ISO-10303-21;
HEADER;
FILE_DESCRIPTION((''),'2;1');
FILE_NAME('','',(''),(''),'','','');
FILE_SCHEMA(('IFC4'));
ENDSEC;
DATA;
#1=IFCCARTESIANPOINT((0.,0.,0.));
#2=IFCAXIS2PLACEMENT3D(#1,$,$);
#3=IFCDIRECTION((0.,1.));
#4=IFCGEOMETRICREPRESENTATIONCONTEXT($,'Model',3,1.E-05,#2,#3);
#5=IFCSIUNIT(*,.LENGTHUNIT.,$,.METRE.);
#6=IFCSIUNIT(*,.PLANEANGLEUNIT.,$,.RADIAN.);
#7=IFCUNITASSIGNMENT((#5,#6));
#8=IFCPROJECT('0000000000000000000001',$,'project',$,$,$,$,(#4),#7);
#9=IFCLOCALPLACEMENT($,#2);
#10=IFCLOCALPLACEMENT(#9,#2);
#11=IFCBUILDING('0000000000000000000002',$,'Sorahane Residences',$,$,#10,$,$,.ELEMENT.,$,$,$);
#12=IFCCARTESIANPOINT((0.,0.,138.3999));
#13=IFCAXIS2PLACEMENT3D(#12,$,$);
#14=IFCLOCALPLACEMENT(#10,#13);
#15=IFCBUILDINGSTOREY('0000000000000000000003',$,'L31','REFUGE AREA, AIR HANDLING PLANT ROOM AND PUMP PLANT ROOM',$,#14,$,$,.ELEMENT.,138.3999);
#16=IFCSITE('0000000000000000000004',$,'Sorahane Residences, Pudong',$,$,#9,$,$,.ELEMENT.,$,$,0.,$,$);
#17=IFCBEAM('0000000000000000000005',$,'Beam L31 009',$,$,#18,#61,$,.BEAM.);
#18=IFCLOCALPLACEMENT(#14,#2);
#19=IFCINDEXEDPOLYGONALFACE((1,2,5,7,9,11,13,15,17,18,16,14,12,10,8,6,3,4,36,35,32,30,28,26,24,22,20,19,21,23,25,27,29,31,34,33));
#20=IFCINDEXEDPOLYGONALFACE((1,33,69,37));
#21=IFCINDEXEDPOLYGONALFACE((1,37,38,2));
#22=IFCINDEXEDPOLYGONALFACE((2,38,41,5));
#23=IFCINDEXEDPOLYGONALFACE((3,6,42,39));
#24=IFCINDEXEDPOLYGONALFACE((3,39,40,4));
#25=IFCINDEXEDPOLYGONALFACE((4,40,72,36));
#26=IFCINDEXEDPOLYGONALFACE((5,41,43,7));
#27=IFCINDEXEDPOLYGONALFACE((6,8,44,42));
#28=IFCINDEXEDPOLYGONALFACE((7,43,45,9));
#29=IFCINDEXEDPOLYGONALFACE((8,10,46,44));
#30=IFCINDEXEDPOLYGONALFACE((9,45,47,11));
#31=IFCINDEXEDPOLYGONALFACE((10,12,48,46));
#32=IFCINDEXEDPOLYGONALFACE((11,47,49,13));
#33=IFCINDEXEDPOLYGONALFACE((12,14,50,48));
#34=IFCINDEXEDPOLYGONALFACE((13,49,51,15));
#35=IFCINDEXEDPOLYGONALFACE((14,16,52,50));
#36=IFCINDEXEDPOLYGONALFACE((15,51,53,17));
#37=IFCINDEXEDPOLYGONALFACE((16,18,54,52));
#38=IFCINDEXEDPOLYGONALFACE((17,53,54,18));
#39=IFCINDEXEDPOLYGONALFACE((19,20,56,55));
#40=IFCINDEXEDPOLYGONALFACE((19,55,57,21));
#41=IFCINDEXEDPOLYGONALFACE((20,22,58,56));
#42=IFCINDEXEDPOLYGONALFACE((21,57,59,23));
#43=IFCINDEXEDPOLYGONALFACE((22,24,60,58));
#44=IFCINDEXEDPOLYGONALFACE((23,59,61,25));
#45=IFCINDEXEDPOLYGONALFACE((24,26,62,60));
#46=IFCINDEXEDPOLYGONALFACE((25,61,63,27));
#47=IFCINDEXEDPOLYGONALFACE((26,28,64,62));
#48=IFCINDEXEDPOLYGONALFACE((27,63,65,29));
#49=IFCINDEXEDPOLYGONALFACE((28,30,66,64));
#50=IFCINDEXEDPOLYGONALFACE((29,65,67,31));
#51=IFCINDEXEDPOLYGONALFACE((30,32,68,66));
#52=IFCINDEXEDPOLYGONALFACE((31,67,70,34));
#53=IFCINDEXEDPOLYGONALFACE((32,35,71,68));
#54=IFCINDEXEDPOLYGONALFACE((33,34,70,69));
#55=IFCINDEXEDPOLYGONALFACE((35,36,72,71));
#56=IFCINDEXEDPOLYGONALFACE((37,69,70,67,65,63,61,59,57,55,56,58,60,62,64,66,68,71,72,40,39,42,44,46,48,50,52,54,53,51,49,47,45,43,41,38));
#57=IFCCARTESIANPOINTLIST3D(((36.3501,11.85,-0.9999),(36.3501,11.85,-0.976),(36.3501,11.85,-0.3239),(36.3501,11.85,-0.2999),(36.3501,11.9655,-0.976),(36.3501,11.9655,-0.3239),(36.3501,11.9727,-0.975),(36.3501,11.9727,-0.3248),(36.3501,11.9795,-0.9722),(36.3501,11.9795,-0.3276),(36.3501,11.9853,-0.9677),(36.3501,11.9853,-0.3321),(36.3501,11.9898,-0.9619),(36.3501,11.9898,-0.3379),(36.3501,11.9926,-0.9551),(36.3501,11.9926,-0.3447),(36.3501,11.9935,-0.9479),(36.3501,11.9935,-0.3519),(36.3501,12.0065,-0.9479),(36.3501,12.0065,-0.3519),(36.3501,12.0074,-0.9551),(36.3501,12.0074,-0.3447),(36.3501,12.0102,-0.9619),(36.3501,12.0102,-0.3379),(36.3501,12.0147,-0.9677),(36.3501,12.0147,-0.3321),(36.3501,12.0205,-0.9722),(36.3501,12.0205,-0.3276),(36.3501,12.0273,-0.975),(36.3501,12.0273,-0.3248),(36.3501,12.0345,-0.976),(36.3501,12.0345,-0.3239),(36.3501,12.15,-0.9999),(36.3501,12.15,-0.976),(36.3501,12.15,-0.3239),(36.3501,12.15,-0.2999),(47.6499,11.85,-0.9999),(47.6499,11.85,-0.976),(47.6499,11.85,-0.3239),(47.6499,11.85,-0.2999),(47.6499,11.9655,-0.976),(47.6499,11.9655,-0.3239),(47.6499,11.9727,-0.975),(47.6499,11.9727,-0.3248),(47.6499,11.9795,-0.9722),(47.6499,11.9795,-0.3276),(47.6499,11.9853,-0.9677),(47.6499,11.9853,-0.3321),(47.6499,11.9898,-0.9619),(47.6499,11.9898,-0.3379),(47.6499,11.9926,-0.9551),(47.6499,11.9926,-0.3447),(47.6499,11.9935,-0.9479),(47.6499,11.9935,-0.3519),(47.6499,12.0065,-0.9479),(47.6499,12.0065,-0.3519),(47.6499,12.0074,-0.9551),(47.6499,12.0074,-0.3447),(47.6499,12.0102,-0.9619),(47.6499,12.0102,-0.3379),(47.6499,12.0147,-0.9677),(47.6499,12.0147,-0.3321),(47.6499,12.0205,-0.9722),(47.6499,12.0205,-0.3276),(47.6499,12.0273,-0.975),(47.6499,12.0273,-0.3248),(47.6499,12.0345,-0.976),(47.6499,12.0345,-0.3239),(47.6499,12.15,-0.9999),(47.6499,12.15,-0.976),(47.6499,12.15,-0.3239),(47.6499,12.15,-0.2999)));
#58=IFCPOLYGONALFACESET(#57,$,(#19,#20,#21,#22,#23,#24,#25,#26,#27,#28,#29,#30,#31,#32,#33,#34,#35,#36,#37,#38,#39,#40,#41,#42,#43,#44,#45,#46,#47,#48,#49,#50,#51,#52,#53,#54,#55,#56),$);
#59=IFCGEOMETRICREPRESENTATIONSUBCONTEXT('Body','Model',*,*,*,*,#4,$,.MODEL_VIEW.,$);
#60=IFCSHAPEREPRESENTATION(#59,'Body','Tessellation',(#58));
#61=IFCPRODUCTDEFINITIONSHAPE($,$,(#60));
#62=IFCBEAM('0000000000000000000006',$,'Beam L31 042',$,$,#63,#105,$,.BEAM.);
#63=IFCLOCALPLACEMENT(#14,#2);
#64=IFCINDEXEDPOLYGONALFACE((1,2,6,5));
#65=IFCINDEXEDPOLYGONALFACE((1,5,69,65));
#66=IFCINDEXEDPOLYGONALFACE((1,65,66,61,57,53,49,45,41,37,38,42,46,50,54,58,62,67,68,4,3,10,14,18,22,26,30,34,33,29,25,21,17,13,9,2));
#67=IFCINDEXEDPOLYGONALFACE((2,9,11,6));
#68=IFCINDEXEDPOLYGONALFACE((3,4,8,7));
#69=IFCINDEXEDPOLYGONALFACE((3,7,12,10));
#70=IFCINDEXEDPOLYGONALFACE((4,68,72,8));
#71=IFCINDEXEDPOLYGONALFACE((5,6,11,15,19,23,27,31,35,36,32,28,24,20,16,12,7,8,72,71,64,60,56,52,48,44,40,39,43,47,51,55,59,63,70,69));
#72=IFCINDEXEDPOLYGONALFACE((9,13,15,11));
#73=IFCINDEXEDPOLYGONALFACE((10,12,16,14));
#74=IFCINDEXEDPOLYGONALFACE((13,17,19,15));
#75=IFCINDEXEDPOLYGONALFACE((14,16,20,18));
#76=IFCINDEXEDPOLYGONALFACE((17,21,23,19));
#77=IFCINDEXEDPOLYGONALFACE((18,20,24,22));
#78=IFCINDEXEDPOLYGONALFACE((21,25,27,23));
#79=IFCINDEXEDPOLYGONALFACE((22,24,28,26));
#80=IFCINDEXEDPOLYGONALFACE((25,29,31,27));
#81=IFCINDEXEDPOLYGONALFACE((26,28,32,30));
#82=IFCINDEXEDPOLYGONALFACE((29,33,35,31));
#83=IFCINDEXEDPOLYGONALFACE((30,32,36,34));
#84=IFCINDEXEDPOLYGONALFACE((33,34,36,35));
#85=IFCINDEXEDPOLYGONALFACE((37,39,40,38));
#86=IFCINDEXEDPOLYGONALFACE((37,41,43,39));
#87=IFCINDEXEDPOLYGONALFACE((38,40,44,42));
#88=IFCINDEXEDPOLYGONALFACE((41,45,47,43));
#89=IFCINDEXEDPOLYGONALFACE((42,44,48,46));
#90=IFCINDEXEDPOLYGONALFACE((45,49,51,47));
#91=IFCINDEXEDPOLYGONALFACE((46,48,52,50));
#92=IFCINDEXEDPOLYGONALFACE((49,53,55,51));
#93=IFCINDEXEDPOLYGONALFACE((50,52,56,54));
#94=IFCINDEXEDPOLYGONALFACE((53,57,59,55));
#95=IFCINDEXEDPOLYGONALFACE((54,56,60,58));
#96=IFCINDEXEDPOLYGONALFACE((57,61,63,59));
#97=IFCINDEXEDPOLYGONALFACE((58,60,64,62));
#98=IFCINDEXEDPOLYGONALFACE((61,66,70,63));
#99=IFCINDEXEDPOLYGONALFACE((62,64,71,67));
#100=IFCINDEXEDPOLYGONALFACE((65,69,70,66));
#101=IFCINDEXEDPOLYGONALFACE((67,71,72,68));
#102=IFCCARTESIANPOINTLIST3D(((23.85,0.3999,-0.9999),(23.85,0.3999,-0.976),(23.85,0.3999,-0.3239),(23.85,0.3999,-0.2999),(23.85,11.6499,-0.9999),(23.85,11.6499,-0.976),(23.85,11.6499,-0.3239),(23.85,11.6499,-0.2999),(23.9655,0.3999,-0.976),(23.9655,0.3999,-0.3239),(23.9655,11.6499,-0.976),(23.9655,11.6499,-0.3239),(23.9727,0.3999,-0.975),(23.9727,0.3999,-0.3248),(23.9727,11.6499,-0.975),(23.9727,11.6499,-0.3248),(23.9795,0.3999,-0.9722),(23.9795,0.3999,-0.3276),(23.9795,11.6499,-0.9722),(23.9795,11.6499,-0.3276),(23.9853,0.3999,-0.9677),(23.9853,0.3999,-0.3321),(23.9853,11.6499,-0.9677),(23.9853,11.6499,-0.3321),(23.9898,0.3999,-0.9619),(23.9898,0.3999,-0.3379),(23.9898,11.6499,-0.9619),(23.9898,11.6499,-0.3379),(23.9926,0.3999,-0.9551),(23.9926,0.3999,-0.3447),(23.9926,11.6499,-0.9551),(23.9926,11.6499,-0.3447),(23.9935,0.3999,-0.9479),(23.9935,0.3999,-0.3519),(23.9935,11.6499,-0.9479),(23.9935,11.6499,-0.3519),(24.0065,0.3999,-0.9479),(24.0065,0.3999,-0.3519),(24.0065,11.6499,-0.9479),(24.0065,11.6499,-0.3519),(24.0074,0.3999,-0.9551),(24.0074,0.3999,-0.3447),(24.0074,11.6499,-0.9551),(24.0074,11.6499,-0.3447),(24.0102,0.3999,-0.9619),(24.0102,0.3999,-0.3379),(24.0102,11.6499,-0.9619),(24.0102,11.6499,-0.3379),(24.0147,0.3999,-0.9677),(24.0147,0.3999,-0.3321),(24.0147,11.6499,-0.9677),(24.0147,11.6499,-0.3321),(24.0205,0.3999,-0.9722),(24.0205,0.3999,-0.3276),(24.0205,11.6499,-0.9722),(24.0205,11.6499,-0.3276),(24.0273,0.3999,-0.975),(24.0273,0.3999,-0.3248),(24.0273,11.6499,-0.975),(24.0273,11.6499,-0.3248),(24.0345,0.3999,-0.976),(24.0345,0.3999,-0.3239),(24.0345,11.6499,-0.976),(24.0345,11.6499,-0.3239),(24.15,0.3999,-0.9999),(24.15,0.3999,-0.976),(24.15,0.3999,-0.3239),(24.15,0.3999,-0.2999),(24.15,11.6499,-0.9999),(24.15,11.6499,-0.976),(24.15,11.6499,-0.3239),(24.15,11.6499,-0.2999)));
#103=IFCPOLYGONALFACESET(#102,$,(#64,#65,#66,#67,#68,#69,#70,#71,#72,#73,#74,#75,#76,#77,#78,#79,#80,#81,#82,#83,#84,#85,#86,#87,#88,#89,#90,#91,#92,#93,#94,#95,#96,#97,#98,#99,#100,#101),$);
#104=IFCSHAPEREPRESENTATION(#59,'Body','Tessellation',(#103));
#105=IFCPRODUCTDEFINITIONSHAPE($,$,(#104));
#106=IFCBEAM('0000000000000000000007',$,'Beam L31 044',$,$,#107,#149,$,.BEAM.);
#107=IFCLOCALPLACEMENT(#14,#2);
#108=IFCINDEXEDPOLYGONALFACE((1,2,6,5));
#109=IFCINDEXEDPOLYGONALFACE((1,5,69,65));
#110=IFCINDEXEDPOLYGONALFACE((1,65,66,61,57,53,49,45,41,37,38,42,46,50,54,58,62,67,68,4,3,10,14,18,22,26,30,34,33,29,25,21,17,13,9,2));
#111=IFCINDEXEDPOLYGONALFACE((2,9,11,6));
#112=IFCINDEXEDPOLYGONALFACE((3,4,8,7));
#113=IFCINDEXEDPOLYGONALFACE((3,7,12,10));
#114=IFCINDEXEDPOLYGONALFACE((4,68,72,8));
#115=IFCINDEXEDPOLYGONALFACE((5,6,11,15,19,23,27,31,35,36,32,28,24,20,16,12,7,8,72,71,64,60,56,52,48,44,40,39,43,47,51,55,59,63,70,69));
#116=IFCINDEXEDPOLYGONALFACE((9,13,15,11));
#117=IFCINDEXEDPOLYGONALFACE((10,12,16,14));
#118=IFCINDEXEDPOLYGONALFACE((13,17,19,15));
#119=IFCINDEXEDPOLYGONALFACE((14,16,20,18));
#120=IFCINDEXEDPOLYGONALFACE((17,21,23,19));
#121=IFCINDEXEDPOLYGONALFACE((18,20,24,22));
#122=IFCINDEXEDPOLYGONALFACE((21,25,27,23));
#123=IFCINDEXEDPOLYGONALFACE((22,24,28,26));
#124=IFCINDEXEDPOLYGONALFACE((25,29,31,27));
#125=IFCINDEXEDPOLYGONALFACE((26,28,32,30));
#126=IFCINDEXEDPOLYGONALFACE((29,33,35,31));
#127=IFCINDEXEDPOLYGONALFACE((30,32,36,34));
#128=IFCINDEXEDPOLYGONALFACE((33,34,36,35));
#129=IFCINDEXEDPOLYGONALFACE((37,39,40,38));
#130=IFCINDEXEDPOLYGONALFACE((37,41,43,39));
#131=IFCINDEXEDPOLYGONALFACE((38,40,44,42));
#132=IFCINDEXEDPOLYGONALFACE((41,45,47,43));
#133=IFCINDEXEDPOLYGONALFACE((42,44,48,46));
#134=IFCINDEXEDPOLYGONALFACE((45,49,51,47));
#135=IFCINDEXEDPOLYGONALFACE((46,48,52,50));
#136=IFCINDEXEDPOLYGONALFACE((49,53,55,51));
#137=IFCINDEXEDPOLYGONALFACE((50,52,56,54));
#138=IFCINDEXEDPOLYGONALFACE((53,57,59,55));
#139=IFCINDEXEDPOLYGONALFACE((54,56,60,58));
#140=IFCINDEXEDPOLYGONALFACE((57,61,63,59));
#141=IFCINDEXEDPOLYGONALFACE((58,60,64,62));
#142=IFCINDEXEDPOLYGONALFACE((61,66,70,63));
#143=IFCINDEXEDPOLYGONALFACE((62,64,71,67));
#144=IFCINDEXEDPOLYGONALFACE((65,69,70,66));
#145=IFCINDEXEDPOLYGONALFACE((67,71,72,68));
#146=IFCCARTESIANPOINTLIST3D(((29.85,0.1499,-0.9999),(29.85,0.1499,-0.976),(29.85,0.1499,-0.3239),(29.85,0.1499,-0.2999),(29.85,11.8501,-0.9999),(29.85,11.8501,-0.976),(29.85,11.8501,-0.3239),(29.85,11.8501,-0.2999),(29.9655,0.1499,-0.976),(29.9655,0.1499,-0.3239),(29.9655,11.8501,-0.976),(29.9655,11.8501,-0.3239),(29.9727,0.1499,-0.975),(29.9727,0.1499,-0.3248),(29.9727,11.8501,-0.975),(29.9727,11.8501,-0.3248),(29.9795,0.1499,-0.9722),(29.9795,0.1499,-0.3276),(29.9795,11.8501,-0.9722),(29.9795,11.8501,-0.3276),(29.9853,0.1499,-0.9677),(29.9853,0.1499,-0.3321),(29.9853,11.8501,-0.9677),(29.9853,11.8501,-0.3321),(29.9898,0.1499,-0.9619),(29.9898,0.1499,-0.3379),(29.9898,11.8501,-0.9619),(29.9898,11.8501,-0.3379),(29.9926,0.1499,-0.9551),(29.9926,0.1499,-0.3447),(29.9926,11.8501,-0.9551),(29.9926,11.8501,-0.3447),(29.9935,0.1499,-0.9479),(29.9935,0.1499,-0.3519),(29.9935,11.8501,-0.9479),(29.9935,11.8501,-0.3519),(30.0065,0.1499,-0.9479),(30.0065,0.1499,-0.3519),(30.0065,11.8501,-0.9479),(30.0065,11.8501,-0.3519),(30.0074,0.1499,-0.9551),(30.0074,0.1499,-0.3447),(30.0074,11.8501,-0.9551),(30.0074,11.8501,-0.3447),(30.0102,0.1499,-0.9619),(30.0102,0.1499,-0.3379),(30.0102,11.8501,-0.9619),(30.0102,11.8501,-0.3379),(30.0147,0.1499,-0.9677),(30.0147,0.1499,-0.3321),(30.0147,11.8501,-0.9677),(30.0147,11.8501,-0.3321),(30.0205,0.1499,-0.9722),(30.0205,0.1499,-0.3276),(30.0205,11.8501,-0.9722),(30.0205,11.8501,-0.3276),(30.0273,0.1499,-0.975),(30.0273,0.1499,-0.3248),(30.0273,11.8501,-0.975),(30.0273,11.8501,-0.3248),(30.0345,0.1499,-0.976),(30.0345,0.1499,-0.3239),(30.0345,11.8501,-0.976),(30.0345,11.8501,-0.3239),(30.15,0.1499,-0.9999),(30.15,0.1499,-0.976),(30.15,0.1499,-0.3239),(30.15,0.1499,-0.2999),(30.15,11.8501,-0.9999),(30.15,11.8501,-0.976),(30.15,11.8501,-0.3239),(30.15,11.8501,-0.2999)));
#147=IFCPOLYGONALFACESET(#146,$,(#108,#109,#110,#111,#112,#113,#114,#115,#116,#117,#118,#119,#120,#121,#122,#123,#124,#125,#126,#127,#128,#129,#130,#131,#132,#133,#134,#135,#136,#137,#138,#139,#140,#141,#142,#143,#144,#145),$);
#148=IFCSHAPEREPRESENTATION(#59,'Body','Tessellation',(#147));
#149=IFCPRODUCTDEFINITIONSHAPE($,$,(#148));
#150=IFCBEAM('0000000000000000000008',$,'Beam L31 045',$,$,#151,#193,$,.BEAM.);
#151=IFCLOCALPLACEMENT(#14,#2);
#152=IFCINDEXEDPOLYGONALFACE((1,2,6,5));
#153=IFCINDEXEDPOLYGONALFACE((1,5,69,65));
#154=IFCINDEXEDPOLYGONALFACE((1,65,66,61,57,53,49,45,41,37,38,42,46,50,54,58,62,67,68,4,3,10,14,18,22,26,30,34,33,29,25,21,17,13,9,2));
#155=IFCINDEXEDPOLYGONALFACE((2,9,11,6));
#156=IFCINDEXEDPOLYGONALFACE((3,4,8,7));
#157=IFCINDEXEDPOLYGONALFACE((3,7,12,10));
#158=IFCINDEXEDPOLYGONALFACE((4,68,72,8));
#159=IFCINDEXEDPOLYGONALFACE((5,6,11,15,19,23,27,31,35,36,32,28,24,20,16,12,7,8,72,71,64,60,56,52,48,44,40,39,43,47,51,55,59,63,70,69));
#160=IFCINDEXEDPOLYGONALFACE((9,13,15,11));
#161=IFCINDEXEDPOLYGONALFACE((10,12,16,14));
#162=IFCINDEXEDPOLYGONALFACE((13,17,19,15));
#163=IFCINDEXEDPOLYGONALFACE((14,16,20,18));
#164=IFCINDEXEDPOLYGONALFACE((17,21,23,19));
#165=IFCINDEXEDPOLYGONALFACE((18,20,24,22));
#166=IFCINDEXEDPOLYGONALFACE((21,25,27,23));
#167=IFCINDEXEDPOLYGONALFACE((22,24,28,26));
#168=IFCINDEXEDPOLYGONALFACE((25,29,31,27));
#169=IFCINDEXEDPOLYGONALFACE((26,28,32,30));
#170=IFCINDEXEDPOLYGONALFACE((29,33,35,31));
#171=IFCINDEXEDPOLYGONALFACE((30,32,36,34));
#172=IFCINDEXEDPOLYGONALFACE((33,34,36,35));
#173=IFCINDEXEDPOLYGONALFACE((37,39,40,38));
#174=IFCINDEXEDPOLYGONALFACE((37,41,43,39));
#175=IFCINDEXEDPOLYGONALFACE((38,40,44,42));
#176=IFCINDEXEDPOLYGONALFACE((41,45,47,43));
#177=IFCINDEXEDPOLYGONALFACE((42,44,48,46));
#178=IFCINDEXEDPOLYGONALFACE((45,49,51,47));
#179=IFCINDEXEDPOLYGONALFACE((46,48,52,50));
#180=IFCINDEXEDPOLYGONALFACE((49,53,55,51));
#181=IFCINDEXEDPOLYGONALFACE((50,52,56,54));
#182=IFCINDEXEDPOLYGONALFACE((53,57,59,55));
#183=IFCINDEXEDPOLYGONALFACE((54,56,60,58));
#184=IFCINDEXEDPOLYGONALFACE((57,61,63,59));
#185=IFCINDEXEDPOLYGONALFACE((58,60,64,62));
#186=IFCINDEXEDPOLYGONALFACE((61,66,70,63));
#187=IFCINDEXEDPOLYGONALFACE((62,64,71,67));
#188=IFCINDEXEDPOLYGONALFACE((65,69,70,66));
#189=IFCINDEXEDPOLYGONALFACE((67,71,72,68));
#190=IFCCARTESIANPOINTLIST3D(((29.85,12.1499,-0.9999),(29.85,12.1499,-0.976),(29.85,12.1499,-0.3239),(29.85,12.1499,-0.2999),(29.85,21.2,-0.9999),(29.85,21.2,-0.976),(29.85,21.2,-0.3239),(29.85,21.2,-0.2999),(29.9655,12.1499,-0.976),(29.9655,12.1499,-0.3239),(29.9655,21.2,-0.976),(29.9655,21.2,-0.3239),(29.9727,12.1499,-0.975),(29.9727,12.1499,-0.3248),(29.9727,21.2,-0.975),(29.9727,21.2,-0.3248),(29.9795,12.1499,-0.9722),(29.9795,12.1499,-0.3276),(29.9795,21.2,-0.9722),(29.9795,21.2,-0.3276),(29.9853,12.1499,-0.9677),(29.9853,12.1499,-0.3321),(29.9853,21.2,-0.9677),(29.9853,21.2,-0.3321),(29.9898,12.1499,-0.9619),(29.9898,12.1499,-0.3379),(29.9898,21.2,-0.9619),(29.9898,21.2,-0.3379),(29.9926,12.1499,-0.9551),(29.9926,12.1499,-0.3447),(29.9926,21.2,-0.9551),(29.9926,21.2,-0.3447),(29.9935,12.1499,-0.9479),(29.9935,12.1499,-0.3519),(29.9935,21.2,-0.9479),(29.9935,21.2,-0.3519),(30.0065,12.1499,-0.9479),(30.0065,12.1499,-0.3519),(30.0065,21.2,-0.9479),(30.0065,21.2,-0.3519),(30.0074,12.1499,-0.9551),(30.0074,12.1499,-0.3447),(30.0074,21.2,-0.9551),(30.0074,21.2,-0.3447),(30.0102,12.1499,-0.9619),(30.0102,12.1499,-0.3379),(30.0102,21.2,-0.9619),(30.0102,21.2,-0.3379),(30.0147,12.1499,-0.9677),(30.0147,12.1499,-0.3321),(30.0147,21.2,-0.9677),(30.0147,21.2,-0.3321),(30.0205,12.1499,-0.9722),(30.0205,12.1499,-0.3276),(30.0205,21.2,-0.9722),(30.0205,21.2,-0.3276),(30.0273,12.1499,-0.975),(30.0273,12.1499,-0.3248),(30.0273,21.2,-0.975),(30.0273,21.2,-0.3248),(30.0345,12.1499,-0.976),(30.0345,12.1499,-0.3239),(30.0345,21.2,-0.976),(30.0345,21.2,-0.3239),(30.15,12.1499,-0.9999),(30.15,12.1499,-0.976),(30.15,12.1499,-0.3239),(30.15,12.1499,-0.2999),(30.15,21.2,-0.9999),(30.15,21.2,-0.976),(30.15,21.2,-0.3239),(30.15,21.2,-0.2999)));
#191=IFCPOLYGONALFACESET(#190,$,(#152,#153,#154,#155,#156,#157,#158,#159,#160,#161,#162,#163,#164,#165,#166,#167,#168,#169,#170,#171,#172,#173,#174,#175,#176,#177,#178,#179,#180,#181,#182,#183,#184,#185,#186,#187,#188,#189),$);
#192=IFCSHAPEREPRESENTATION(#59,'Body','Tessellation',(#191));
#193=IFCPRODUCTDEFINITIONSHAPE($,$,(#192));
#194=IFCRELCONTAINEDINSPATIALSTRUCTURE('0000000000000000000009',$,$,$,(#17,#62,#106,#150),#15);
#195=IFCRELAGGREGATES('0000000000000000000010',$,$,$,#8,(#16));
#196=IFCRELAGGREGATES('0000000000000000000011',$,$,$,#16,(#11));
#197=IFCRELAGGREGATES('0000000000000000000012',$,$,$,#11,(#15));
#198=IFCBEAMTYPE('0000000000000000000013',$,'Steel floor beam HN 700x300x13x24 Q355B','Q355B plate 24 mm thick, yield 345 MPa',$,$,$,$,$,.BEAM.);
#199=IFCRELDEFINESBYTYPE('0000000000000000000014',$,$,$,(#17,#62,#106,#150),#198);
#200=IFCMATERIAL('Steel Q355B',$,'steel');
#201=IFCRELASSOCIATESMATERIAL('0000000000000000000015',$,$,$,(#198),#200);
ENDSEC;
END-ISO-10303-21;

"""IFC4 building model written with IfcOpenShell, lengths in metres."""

from ifc_helpers import new_model, si_unit, direction, frame, origin, origin_2d, place, context, subcontext, project, spatial, i_section, extrude, material, material_profile, profile_set, type_object, element, save


model = new_model("IFC4")

# Units and contexts
model_context = context("Model", 3, precision=1e-05, world=origin(), true_north=direction((0.0, 1.0)))
body_context = subcontext(model_context, "Body", "Model", "MODEL_VIEW")
ifc_project = project(units=[si_unit("LENGTHUNIT", "METRE"), si_unit("PLANEANGLEUNIT", "RADIAN")], contexts=[model_context])

# Site, building, storey
site_placement = place(None, origin())
site = spatial("IfcSite", under=ifc_project, at=site_placement, Name="Sorahane Residences, Pudong", CompositionType="ELEMENT", RefElevation=0.0)
building_placement = place(site_placement, origin())
building = spatial("IfcBuilding", under=site, at=building_placement, Name="Sorahane Residences", CompositionType="ELEMENT")
storey_placement = place(building_placement, frame((0.0, 0.0, 138.3999)))
storey = spatial("IfcBuildingStorey", under=building, at=storey_placement, Name="L31", Description="REFUGE AREA, AIR HANDLING PLANT ROOM AND PUMP PLANT ROOM", CompositionType="ELEMENT", Elevation=138.3999)

# Beams
ifc_material_1 = material(Name="Steel Q355B", Category="steel")
ifc_material_profile_1 = material_profile(ifc_material_1, i_section(OverallWidth=0.3, OverallDepth=0.7, WebThickness=0.0129, FlangeThickness=0.0239, FilletRadius=0.0281, at=origin_2d()), Name="HN 700x300x13x24")
ifc_profile_set_1 = profile_set([ifc_material_profile_1], Name="Steel Q355B")
beam_type_1 = type_object("IfcBeamType", Name="Steel floor beam HN 700x300x13x24 Q355B", Description="Q355B plate 24 mm thick, yield 345 MPa", PredefinedType="BEAM", material=ifc_profile_set_1)
for number, where, z_axis, x_axis, name in (
    (1, (36.3501, 12.0, -0.6499), (1.0, 0.0, 0.0), (0.0, 1.0, 0.0), "Beam L31 009"),
):
    element("IfcBeam", number, at=place(storey_placement, frame(where, z_axis=z_axis, x_axis=x_axis)), inside=storey, type_object=beam_type_1, Name=name, PredefinedType="BEAM", context=body_context, shape_type="SweptSolid", body=[
        extrude(i_section(OverallWidth=0.3, OverallDepth=0.7, WebThickness=0.0129, FlangeThickness=0.0239, FilletRadius=0.0281, at=origin_2d()), origin(), (0.0, 0.0, 1.0), 11.2998),
    ])
beam_1_placement = place(storey_placement, frame((24.0, 0.3999, -0.6499), z_axis=(0.0, 1.0, 0.0), x_axis=(-1.0, 0.0, 0.0)))
element("IfcBeam", 2, at=beam_1_placement, inside=storey, type_object=beam_type_1, Name="Beam L31 042", PredefinedType="BEAM", context=body_context, shape_type="SweptSolid", body=[
    extrude(i_section(OverallWidth=0.3, OverallDepth=0.7, WebThickness=0.0129, FlangeThickness=0.0239, FilletRadius=0.0281, at=origin_2d()), origin(), (0.0, 0.0, 1.0), 11.25),
])
beam_2_placement = place(storey_placement, frame((30.0, 0.1499, -0.6499), z_axis=(0.0, 1.0, 0.0), x_axis=(-1.0, 0.0, 0.0)))
element("IfcBeam", 3, at=beam_2_placement, inside=storey, type_object=beam_type_1, Name="Beam L31 044", PredefinedType="BEAM", context=body_context, shape_type="SweptSolid", body=[
    extrude(i_section(OverallWidth=0.3, OverallDepth=0.7, WebThickness=0.0129, FlangeThickness=0.0239, FilletRadius=0.0281, at=origin_2d()), origin(), (0.0, 0.0, 1.0), 11.7002),
])
beam_3_placement = place(storey_placement, frame((30.0, 12.1499, -0.6499), z_axis=(0.0, 1.0, 0.0), x_axis=(-1.0, 0.0, 0.0)))
element("IfcBeam", 4, at=beam_3_placement, inside=storey, type_object=beam_type_1, Name="Beam L31 045", PredefinedType="BEAM", context=body_context, shape_type="SweptSolid", body=[
    extrude(i_section(OverallWidth=0.3, OverallDepth=0.7, WebThickness=0.0129, FlangeThickness=0.0239, FilletRadius=0.0281, at=origin_2d()), origin(), (0.0, 0.0, 1.0), 9.05),
])

save(model, "model.ifc")
